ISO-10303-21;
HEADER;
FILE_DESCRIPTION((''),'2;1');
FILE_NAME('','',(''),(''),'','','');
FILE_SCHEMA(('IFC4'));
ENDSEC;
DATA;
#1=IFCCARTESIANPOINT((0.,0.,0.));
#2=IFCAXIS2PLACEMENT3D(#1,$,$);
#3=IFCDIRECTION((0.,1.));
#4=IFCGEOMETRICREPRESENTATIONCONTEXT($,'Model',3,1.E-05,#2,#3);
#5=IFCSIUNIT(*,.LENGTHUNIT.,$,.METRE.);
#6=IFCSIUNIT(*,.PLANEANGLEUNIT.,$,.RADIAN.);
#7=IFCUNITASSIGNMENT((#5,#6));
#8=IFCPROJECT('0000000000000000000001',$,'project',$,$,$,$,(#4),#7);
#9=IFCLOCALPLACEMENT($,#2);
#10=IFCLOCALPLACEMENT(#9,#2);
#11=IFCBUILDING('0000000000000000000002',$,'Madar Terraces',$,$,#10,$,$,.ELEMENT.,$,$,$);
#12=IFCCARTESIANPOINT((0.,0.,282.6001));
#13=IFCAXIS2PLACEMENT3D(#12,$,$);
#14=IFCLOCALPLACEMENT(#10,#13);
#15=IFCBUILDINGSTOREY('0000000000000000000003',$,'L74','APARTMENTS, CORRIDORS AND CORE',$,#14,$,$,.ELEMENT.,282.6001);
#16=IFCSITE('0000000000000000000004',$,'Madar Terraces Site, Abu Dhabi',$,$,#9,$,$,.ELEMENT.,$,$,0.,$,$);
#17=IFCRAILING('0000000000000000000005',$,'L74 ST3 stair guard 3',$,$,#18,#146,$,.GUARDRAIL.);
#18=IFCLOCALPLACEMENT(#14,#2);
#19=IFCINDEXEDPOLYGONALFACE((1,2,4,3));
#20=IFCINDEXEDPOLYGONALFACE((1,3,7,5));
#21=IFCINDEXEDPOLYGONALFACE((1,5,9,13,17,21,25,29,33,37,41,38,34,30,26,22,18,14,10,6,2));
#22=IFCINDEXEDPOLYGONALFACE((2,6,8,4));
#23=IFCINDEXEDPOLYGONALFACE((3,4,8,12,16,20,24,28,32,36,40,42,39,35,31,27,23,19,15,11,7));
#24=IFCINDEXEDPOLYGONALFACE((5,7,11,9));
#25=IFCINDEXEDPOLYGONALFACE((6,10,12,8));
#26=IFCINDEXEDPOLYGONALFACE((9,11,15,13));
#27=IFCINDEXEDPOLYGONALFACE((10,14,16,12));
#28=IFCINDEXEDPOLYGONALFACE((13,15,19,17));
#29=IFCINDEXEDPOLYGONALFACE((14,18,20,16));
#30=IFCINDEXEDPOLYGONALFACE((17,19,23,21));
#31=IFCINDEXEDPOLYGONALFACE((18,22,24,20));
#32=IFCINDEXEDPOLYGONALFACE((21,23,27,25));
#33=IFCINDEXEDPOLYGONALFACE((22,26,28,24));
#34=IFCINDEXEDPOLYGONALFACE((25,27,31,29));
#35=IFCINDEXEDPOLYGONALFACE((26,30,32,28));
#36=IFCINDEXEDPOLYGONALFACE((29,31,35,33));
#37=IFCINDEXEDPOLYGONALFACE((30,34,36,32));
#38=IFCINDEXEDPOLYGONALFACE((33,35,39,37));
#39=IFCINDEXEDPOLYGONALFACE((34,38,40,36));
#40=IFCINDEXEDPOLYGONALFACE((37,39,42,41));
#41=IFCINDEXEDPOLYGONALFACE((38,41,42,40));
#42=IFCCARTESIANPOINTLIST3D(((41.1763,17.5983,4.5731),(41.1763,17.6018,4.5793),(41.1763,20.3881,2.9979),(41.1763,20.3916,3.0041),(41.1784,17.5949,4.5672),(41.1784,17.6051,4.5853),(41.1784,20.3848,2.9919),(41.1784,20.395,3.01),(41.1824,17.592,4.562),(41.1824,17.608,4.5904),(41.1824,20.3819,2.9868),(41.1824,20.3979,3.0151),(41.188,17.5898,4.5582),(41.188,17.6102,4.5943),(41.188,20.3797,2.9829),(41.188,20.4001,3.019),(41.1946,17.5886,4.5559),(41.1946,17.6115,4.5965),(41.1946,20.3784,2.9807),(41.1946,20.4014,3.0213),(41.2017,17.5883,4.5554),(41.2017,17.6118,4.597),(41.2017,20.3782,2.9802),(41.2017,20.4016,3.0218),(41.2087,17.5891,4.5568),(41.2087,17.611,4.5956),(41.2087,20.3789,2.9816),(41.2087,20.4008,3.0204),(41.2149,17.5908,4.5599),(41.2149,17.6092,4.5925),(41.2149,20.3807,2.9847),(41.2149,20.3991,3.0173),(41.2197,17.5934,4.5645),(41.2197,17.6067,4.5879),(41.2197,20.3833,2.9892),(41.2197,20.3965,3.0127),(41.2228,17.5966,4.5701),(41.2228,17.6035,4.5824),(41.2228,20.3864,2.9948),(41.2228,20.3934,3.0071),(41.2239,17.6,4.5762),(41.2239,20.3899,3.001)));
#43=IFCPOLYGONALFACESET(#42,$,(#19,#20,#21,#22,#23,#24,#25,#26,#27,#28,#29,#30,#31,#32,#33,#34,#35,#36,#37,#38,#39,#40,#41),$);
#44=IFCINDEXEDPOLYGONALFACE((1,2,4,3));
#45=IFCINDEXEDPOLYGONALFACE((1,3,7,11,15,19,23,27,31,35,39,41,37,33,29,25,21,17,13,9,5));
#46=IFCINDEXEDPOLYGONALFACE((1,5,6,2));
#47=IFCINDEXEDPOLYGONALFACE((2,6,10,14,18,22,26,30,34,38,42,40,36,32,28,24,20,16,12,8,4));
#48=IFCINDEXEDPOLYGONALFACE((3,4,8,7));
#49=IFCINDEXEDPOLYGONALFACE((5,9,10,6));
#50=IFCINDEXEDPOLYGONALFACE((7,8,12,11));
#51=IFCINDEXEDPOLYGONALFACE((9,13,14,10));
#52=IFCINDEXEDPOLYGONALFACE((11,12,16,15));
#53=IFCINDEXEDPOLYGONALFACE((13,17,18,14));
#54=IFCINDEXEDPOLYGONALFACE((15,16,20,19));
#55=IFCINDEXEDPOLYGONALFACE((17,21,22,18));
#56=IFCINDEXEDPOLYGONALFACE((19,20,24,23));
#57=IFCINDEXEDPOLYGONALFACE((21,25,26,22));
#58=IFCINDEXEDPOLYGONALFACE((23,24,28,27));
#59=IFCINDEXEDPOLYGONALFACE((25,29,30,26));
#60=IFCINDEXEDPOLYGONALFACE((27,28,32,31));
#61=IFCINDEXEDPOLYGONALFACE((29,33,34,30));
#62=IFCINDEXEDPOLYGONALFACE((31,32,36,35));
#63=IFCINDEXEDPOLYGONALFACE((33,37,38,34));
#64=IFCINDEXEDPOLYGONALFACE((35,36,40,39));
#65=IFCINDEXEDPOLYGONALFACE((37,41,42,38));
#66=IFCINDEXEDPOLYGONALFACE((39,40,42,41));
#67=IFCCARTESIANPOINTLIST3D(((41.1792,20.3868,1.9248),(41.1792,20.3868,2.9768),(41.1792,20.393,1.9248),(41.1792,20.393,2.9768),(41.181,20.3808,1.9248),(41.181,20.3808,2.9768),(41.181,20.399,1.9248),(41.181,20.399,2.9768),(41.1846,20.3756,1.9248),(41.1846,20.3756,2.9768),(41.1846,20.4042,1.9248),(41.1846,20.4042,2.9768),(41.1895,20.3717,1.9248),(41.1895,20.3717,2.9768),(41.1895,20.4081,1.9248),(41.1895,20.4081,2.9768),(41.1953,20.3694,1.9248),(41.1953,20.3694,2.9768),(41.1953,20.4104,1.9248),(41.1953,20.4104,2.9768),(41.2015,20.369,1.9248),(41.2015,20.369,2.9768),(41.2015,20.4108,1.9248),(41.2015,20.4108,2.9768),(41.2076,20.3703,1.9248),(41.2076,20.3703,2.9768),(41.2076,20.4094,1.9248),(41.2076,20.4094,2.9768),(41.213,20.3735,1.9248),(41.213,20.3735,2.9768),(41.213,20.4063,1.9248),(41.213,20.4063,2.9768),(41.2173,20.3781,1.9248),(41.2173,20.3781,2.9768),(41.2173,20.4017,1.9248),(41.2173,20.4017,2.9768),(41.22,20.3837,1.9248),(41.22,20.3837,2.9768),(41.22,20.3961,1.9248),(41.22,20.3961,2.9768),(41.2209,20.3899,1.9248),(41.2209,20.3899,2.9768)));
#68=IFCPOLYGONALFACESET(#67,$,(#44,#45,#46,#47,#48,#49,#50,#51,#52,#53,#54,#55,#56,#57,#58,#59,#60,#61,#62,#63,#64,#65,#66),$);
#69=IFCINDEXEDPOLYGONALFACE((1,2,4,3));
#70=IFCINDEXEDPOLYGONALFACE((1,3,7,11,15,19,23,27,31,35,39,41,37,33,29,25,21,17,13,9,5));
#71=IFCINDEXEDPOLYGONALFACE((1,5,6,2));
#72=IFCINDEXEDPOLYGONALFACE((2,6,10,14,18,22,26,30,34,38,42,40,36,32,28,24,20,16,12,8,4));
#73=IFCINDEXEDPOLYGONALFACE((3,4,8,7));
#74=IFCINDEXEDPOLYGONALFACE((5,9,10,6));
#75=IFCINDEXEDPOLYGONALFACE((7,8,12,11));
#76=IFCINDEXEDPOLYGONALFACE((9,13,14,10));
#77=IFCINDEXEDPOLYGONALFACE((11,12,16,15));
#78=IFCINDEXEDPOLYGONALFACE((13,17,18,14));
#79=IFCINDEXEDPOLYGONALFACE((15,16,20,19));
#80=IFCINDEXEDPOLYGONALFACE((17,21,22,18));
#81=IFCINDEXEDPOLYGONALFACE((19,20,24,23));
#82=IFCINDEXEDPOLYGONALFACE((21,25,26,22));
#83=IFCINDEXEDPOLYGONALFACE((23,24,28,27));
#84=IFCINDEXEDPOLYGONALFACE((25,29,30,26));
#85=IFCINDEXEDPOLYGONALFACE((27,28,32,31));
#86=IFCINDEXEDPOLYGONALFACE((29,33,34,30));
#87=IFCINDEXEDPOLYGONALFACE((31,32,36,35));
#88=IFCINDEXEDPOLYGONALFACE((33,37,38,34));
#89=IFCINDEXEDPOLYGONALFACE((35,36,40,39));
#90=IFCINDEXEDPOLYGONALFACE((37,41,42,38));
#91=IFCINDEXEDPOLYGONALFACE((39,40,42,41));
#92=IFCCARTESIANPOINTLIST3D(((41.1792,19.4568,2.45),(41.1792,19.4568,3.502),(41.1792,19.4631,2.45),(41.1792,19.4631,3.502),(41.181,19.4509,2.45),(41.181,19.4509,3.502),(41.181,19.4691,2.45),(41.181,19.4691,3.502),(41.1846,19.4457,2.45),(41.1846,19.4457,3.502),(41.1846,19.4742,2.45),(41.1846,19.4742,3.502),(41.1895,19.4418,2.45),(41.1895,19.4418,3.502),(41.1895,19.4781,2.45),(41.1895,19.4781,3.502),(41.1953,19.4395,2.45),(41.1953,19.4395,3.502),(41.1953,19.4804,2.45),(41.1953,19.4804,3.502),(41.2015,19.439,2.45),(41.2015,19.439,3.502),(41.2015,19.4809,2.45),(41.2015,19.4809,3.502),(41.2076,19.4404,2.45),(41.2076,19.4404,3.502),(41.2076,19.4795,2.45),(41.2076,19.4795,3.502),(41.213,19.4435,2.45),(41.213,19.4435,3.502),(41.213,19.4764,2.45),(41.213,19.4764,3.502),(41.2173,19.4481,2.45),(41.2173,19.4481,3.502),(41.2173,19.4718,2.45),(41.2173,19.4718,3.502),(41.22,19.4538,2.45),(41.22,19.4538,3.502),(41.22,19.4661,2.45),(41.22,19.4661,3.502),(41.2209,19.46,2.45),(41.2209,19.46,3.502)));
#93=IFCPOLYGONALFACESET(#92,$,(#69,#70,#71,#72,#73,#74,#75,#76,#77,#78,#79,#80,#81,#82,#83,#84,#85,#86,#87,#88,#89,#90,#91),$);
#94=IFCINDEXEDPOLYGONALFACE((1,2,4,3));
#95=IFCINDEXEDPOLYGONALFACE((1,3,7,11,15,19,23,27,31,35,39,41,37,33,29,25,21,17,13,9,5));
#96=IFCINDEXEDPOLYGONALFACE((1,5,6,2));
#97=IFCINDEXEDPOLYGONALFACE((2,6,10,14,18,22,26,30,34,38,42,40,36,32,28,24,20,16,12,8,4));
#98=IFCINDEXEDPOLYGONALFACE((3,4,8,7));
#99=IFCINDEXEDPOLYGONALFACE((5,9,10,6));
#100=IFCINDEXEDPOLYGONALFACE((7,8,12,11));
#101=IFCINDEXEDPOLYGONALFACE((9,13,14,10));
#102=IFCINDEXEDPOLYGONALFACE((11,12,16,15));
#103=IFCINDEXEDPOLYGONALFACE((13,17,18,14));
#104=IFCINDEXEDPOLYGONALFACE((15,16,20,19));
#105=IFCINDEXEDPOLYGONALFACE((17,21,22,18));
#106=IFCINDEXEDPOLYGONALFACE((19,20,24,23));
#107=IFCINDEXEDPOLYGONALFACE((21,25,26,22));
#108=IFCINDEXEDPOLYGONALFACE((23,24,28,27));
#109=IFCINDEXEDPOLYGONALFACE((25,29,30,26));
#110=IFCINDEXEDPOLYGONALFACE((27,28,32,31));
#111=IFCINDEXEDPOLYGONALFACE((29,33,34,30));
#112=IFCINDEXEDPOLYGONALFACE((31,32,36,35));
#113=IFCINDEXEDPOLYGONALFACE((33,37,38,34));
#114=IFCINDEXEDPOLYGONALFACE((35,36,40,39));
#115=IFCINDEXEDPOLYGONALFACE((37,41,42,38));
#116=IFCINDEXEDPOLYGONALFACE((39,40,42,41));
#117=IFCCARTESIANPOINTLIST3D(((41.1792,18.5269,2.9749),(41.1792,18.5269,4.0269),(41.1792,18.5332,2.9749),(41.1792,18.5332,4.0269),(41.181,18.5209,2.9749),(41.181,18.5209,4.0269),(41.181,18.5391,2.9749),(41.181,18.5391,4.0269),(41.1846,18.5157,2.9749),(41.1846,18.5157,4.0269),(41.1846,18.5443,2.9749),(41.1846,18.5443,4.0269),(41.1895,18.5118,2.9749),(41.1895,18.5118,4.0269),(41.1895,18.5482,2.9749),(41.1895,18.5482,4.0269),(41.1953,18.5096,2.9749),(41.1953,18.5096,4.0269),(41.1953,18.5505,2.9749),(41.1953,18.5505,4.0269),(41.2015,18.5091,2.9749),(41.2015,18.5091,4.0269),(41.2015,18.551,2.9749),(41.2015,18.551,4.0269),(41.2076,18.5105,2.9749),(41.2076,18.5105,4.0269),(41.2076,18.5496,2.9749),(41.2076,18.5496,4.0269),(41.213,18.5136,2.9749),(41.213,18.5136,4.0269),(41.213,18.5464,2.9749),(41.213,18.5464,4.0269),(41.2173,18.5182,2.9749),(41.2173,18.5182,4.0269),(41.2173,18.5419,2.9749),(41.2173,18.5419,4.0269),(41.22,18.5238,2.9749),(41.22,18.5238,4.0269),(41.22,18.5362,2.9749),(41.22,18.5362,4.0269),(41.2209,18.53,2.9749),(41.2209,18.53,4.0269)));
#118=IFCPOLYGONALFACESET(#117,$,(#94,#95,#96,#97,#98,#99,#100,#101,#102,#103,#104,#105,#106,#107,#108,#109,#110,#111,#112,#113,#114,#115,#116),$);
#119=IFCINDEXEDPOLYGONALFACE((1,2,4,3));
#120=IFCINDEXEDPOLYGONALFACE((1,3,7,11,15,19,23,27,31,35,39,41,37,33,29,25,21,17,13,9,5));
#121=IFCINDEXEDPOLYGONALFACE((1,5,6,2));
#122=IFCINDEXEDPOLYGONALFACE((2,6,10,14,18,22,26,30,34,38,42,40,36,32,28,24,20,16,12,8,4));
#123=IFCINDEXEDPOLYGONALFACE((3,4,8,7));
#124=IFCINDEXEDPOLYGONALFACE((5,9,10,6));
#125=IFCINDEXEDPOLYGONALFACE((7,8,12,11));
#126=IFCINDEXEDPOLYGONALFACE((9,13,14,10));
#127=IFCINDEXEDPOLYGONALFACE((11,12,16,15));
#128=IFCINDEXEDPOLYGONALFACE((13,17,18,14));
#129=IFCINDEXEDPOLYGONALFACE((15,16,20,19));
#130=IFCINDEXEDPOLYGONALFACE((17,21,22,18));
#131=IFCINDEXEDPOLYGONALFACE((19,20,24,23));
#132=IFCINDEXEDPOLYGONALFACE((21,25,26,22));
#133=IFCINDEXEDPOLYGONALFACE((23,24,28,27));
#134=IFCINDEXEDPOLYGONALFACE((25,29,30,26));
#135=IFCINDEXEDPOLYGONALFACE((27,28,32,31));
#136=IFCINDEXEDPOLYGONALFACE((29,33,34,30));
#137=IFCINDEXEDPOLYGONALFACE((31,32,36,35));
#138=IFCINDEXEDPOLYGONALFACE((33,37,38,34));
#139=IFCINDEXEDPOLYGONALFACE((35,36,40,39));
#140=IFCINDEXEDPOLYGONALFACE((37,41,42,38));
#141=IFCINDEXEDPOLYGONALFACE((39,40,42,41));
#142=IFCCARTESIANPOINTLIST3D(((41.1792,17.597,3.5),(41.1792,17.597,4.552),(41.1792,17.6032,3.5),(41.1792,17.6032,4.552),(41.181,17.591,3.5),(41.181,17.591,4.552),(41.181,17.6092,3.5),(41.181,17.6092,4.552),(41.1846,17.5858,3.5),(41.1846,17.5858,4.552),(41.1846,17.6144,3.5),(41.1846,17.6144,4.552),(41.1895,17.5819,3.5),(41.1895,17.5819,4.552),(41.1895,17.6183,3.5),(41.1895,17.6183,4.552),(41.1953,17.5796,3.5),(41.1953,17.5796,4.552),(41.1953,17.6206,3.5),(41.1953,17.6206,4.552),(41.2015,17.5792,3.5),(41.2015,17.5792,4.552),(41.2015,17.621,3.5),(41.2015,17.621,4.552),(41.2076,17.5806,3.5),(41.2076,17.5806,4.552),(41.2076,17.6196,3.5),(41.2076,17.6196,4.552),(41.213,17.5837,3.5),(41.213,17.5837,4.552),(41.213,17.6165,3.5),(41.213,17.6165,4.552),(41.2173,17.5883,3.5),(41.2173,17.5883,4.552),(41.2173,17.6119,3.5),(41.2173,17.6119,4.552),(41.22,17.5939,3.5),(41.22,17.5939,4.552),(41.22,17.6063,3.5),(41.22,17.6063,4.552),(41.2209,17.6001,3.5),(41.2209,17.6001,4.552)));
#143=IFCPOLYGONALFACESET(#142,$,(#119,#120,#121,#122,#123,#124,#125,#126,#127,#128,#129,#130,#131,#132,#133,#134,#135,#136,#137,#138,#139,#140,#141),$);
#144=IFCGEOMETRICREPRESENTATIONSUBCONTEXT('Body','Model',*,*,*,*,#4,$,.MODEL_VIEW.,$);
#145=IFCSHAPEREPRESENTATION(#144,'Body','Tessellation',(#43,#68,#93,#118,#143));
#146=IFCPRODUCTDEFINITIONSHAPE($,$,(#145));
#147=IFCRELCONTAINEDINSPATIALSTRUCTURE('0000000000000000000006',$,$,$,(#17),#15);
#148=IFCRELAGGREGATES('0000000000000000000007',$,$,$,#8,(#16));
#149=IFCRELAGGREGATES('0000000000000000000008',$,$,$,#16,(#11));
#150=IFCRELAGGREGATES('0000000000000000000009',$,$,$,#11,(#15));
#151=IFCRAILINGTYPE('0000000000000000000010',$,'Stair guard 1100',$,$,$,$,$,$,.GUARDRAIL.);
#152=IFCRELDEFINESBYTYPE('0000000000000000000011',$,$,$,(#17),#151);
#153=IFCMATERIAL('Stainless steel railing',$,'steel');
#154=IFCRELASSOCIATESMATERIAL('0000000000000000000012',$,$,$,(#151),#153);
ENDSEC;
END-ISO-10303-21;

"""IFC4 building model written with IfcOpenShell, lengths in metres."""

from ifc_helpers import new_model, si_unit, direction, frame, origin, origin_2d, place, context, subcontext, project, spatial, circle, extrude, material, type_object, element, save


model = new_model("IFC4")

# Units and contexts
model_context = context("Model", 3, precision=1e-05, world=origin(), true_north=direction((0.0, 1.0)))
body_context = subcontext(model_context, "Body", "Model", "MODEL_VIEW")
ifc_project = project(units=[si_unit("LENGTHUNIT", "METRE"), si_unit("PLANEANGLEUNIT", "RADIAN")], contexts=[model_context])

# Site, building, storey
site_placement = place(None, origin())
site = spatial("IfcSite", under=ifc_project, at=site_placement, Name="Madar Terraces Site, Abu Dhabi", CompositionType="ELEMENT", RefElevation=0.0)
building_placement = place(site_placement, origin())
building = spatial("IfcBuilding", under=site, at=building_placement, Name="Madar Terraces", CompositionType="ELEMENT")
storey_placement = place(building_placement, frame((0.0, 0.0, 282.6001)))
storey = spatial("IfcBuildingStorey", under=building, at=storey_placement, Name="L74", Description="APARTMENTS, CORRIDORS AND CORE", CompositionType="ELEMENT", Elevation=282.6001)

# Railing
ifc_material_1 = material(Name="Stainless steel railing", Category="steel")
railing_type_1 = type_object("IfcRailingType", Name="Stair guard 1100", PredefinedType="GUARDRAIL", material=ifc_material_1)
railing_1_placement = place(storey_placement, frame((41.2, 20.3899, 1.9248)))
element("IfcRailing", 1, at=railing_1_placement, inside=storey, type_object=railing_type_1, Name="L74 ST3 stair guard 3", PredefinedType="GUARDRAIL", context=body_context, shape_type="SweptSolid", body=[
    extrude(circle(Radius=0.0239, at=origin_2d()), frame((0.0, 0.0, 1.0762), z_axis=(0.0, -0.870783, 0.491668), x_axis=(1.0, 0.0, 0.0)), (0.0, 0.0, 1.0), 3.2039),
    extrude(circle(Radius=0.021, at=origin_2d()), origin(), (0.0, 0.0, 1.0), 1.052),
    extrude(circle(Radius=0.021, at=origin_2d()), frame((0.0, -0.9299, 0.5251)), (0.0, 0.0, 1.0), 1.052),
    extrude(circle(Radius=0.021, at=origin_2d()), frame((0.0, -1.8599, 1.05)), (0.0, 0.0, 1.0), 1.052),
    extrude(circle(Radius=0.021, at=origin_2d()), frame((0.0, -2.7898, 1.5752)), (0.0, 0.0, 1.0), 1.052),
])

save(model, "model.ifc")
